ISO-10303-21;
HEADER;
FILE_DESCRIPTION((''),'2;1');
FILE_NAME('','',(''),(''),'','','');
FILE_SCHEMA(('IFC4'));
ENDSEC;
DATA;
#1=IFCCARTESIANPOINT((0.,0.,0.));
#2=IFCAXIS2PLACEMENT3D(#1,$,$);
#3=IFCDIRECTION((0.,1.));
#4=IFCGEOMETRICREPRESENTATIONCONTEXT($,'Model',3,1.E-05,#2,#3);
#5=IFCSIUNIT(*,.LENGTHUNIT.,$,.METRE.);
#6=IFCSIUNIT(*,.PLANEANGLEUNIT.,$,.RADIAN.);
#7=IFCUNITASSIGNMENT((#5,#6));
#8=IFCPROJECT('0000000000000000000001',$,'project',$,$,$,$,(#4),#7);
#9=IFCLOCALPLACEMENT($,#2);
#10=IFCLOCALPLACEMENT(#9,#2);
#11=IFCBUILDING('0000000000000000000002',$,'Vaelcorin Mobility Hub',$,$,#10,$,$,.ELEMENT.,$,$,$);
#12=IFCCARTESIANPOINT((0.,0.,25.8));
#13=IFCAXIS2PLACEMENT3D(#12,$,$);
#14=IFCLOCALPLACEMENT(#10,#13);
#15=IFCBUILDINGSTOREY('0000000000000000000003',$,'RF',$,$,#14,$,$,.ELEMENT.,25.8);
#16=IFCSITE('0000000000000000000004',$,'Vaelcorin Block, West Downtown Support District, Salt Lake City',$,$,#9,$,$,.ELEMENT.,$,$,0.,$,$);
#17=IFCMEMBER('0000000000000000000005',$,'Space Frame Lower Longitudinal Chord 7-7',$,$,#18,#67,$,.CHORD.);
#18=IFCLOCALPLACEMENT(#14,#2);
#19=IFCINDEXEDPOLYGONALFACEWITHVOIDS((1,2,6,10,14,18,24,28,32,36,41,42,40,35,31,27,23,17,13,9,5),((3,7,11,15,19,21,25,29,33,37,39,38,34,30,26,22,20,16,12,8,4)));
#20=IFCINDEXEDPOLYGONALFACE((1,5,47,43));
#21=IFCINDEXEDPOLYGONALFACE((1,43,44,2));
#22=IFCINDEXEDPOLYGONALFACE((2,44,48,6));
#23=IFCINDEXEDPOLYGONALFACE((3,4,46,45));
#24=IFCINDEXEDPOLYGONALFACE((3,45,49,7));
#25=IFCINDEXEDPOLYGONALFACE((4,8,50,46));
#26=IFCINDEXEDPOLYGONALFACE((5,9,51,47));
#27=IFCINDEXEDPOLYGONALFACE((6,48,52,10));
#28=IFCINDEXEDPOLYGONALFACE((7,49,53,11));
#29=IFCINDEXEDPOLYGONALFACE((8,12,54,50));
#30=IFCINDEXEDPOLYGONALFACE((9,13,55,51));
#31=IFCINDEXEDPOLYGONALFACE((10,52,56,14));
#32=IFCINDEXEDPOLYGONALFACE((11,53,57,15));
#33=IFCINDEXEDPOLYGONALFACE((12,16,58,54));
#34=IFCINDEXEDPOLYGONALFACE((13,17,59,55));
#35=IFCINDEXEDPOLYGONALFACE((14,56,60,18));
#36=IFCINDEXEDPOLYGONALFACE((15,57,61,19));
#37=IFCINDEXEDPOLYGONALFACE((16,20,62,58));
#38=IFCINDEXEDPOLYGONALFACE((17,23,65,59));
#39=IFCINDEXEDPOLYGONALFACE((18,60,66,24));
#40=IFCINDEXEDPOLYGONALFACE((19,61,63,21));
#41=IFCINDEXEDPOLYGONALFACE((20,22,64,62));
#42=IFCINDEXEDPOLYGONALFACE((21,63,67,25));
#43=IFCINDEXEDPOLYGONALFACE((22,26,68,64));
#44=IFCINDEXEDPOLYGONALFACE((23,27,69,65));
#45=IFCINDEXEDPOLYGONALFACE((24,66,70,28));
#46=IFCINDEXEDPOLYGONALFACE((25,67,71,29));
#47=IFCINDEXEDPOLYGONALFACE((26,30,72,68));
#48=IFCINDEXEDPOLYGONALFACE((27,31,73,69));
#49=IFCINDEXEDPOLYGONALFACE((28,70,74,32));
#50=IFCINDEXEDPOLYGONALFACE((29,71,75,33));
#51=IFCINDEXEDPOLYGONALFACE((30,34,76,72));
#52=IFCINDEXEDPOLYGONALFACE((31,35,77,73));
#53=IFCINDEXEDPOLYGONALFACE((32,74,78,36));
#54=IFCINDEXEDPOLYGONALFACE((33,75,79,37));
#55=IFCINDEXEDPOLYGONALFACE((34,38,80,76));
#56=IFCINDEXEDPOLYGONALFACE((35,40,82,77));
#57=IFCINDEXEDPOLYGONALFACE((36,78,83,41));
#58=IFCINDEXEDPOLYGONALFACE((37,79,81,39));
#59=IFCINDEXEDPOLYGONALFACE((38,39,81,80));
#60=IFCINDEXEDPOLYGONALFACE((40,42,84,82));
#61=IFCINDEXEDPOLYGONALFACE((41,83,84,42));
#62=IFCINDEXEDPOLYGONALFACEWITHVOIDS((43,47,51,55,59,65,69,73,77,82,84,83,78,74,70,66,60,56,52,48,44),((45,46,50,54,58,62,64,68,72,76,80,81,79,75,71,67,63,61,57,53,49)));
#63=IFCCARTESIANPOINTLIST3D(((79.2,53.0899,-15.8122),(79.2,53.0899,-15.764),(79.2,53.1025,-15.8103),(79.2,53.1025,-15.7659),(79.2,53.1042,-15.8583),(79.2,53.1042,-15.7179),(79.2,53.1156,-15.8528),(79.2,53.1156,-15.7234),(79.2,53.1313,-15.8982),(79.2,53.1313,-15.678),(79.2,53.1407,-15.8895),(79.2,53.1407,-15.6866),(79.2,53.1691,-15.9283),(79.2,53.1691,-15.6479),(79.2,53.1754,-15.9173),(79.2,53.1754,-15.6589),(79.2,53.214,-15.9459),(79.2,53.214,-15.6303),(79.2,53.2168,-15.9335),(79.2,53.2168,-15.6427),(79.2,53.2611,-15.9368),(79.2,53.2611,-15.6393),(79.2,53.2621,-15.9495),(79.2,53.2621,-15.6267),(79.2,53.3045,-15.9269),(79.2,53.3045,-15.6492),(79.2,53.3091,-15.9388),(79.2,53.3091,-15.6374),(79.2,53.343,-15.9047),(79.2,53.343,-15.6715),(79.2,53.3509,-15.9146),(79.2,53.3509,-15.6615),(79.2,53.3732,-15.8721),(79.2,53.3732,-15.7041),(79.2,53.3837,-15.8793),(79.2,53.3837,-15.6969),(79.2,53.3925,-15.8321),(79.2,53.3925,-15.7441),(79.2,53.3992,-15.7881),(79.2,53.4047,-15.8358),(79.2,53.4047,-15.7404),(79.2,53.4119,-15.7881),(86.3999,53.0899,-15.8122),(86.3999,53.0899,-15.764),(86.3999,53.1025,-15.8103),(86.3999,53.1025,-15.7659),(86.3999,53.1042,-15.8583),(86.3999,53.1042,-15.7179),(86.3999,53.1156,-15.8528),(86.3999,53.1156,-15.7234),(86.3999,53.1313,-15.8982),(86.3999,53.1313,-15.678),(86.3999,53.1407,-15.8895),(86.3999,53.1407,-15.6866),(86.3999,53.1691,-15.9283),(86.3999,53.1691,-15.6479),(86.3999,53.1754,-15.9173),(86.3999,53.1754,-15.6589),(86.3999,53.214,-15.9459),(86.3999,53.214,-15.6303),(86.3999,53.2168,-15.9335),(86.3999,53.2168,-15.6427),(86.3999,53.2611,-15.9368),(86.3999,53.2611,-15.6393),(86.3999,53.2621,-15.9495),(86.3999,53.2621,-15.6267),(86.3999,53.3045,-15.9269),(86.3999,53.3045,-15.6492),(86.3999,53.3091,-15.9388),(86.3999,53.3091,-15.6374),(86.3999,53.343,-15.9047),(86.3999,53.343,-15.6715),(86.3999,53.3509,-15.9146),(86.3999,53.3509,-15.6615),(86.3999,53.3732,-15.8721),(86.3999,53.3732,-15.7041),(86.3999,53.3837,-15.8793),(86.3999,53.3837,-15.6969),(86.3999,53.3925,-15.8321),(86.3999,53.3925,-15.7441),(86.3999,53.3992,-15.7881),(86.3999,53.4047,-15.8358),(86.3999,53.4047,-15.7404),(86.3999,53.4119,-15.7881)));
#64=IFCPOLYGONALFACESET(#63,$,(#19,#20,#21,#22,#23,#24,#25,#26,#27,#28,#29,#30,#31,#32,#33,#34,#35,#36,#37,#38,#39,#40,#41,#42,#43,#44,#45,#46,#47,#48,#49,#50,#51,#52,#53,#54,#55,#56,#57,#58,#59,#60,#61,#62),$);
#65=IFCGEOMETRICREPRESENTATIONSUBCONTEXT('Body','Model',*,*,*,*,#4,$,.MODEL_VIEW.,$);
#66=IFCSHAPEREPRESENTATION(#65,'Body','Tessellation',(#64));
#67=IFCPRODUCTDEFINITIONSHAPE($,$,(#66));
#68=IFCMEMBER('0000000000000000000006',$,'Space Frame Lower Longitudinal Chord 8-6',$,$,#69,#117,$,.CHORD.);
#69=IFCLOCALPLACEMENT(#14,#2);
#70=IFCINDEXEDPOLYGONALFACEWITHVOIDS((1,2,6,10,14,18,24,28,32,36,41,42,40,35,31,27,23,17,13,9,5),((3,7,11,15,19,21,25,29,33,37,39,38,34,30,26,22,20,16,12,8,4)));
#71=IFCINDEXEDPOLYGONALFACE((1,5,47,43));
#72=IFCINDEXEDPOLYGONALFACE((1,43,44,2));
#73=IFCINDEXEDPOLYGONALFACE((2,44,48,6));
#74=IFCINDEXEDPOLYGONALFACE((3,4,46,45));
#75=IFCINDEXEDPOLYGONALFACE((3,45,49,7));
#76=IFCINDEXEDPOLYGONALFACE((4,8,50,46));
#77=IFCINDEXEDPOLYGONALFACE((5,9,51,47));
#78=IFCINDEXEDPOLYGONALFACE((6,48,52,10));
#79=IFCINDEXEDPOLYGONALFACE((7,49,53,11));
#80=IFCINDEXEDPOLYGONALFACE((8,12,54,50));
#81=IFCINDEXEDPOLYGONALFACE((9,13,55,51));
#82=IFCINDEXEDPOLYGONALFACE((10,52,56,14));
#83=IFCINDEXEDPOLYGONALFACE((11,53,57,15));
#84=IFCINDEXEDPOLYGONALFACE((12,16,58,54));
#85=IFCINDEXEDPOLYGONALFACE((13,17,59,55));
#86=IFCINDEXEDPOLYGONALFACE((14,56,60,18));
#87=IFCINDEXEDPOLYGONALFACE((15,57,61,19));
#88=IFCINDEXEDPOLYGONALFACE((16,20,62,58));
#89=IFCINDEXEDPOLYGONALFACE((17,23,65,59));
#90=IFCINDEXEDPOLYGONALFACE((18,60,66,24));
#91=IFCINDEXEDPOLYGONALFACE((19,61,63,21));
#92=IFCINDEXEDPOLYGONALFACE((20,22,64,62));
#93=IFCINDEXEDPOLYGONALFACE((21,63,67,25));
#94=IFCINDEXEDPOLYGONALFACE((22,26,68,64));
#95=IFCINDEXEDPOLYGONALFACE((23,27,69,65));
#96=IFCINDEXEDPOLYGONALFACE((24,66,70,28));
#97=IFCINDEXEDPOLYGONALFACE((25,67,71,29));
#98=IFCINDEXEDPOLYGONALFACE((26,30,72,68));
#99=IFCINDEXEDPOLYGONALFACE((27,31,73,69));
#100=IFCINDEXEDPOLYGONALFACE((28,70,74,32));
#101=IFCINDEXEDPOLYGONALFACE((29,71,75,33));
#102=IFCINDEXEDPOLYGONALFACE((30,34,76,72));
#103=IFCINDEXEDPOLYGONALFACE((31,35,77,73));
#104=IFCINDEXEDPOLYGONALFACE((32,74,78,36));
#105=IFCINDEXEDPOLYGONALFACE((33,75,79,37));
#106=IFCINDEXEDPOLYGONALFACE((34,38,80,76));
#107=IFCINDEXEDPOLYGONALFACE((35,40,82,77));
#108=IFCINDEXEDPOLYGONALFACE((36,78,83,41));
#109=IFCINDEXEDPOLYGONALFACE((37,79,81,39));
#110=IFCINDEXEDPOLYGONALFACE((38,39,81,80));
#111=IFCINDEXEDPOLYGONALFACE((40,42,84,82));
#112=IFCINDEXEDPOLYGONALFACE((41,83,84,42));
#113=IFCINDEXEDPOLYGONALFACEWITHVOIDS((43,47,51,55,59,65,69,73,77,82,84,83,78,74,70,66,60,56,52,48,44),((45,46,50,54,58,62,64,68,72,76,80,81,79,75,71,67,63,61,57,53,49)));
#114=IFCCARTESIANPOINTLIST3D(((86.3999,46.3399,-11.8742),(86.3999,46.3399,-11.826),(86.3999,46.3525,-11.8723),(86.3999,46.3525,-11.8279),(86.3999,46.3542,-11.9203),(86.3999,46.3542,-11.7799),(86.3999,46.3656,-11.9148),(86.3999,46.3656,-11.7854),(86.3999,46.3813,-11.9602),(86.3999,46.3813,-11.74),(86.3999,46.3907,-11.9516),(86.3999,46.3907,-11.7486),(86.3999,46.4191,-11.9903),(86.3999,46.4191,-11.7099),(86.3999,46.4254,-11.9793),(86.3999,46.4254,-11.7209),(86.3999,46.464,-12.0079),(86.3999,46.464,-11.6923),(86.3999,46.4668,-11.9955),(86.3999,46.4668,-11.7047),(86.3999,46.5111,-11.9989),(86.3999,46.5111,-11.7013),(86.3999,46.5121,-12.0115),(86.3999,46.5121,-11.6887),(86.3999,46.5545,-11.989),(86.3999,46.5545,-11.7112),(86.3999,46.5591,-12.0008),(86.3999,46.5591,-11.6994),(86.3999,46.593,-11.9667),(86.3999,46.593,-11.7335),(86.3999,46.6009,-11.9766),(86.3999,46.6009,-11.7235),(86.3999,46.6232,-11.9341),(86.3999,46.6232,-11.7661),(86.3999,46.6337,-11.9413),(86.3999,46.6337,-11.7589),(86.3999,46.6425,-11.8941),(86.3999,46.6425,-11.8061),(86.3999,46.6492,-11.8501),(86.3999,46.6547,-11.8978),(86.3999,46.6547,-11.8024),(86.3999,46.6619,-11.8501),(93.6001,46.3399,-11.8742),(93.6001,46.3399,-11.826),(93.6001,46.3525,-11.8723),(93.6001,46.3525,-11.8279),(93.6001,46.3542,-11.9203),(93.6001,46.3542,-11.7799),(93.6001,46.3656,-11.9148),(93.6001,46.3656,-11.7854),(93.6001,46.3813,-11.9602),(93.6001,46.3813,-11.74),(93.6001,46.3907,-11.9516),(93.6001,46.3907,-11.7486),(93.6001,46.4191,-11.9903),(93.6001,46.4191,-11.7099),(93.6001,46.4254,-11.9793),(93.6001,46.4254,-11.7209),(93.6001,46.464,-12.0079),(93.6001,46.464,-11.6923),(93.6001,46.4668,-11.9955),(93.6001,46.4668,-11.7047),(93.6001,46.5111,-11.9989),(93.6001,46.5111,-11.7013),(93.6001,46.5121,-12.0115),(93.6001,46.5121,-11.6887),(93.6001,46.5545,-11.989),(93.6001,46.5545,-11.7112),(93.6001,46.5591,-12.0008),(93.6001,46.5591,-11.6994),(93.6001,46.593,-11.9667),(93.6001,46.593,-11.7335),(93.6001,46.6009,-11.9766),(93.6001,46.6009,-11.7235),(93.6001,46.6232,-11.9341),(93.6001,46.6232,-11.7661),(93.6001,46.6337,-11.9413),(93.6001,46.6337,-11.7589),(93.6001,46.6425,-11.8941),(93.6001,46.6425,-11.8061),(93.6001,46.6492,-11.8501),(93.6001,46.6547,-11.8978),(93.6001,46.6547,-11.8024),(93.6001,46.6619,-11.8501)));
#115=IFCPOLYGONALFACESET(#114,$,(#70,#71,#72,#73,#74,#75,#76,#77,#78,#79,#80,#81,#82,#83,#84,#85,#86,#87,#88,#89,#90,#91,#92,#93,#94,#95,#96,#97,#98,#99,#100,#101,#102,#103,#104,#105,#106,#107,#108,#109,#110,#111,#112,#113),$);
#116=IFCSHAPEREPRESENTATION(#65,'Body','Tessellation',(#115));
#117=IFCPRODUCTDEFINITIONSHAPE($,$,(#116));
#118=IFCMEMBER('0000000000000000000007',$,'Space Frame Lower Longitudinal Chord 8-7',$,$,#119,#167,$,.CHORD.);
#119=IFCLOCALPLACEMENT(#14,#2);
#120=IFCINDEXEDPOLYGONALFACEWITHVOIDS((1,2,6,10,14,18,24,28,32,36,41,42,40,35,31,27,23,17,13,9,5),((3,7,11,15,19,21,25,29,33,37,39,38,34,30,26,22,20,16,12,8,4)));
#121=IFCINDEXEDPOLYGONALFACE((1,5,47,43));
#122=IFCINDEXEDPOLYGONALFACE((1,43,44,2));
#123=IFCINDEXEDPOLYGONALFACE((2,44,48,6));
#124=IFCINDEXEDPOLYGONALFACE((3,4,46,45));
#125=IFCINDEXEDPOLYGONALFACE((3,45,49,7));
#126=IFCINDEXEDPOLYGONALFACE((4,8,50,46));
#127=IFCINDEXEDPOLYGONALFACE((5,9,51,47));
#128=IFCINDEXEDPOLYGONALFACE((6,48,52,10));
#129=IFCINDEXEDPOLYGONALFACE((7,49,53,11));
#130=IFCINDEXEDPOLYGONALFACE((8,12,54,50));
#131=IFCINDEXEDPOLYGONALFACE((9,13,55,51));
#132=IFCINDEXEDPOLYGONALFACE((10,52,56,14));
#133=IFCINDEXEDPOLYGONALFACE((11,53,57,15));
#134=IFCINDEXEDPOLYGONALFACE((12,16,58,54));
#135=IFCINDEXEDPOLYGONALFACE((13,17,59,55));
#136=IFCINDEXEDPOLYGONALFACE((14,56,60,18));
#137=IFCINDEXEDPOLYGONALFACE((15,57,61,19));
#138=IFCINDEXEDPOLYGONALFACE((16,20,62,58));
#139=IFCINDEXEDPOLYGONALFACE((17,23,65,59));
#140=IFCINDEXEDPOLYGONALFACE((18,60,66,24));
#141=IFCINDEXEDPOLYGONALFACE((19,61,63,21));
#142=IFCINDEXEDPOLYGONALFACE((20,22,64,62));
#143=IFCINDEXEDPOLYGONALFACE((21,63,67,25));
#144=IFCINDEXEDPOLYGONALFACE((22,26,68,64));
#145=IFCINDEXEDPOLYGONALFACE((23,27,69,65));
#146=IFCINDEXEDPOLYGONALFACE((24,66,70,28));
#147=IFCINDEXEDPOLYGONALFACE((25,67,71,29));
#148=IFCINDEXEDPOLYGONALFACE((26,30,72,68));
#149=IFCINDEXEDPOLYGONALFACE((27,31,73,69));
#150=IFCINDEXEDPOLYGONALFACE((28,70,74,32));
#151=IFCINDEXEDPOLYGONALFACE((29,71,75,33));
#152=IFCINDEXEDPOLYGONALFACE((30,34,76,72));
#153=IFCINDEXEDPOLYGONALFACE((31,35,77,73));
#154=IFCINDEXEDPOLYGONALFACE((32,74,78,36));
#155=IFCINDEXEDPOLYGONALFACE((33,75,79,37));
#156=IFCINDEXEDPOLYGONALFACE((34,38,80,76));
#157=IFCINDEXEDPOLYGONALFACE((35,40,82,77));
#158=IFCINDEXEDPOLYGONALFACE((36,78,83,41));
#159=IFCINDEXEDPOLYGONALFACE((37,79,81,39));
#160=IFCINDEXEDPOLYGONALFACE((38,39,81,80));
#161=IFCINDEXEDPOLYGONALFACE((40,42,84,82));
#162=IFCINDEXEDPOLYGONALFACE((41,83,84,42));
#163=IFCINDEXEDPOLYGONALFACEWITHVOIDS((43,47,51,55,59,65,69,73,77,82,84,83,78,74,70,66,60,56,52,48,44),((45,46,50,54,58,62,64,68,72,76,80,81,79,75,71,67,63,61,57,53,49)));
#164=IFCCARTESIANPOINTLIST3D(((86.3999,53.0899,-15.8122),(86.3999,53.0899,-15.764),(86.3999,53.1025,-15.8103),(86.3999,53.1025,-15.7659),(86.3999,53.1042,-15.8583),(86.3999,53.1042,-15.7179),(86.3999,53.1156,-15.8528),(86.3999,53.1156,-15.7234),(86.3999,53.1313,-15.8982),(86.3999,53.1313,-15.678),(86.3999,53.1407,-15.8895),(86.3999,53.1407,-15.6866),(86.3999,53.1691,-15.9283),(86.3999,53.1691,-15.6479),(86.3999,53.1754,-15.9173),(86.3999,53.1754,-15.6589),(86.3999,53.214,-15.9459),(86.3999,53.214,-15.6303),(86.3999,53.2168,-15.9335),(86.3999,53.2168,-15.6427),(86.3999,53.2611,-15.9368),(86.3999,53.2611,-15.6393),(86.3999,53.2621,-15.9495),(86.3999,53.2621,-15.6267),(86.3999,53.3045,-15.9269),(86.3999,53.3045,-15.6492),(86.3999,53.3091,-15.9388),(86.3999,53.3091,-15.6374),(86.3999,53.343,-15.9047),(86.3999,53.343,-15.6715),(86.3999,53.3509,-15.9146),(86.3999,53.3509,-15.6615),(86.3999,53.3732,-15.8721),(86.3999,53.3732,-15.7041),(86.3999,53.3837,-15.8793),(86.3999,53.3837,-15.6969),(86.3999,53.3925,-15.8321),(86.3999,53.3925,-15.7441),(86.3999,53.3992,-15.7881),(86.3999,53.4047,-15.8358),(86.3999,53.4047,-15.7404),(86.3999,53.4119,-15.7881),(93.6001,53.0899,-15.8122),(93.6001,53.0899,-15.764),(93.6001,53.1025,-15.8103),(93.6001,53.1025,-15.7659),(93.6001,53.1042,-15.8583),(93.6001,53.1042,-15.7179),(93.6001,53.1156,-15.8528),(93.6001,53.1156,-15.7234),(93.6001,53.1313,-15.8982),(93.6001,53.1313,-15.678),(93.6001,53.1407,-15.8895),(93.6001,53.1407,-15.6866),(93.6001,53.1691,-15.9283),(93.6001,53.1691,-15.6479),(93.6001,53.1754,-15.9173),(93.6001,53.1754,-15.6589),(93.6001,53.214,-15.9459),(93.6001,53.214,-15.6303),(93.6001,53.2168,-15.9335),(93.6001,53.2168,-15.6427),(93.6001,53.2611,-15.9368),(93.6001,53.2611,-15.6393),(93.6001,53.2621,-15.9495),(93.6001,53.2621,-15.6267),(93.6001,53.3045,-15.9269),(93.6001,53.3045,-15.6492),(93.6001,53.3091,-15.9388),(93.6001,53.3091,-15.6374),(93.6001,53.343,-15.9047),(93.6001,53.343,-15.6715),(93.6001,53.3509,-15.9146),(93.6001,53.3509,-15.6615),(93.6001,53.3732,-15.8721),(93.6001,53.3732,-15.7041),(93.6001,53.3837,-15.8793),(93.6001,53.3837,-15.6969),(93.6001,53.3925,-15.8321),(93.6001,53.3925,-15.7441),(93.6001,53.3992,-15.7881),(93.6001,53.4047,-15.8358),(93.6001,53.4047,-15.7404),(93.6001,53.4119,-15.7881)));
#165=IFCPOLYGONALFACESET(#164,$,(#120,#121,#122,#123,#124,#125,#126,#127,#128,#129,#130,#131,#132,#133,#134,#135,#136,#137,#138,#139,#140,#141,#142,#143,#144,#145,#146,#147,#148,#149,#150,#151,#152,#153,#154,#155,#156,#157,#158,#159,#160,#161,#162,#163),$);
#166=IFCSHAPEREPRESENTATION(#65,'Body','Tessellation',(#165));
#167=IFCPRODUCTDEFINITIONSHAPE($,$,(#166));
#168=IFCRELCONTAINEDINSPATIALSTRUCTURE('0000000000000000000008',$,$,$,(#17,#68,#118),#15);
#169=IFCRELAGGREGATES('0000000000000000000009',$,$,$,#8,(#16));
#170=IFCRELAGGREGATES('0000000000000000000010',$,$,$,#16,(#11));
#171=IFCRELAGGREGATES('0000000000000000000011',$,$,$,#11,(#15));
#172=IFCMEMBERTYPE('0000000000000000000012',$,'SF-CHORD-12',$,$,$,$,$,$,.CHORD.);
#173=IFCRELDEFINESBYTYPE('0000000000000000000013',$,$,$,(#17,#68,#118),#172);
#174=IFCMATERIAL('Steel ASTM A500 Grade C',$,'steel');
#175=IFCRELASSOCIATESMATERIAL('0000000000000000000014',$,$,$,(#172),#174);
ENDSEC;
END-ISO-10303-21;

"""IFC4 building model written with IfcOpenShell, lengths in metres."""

from ifc_helpers import new_model, si_unit, direction, frame, origin, origin_2d, place, context, subcontext, project, spatial, hollow_circle, extrude, material, material_profile, profile_set, type_object, element, save


model = new_model("IFC4")

# Units and contexts
model_context = context("Model", 3, precision=1e-05, world=origin(), true_north=direction((0.0, 1.0)))
body_context = subcontext(model_context, "Body", "Model", "MODEL_VIEW")
ifc_project = project(units=[si_unit("LENGTHUNIT", "METRE"), si_unit("PLANEANGLEUNIT", "RADIAN")], contexts=[model_context])

# Site, building, storey
site_placement = place(None, origin())
site = spatial("IfcSite", under=ifc_project, at=site_placement, Name="Vaelcorin Block, West Downtown Support District, Salt Lake City", CompositionType="ELEMENT", RefElevation=0.0)
building_placement = place(site_placement, origin())
building = spatial("IfcBuilding", under=site, at=building_placement, Name="Vaelcorin Mobility Hub", CompositionType="ELEMENT")
storey_placement = place(building_placement, frame((0.0, 0.0, 25.8)))
storey = spatial("IfcBuildingStorey", under=building, at=storey_placement, Name="RF", CompositionType="ELEMENT", Elevation=25.8)

# Members
ifc_material_1 = material(Name="Steel ASTM A500 Grade C", Category="steel")
ifc_material_profile_1 = material_profile(ifc_material_1, hollow_circle(Radius=0.1619, WallThickness=0.0127, at=origin_2d()), Name="HSS12.750X0.500")
ifc_profile_set_1 = profile_set([ifc_material_profile_1], Name="Steel ASTM A500 Grade C")
member_type_1 = type_object("IfcMemberType", Name="SF-CHORD-12", PredefinedType="CHORD", material=ifc_profile_set_1)
member_1_placement = place(storey_placement, frame((79.2, 53.25, -15.7881), z_axis=(1.0, 0.0, 0.0), x_axis=(0.0, 1.0, 0.0)))
element("IfcMember", 1, at=member_1_placement, inside=storey, type_object=member_type_1, Name="Space Frame Lower Longitudinal Chord 7-7", PredefinedType="CHORD", context=body_context, shape_type="SweptSolid", body=[
    extrude(hollow_circle(Radius=0.1619, WallThickness=0.0127, at=origin_2d()), origin(), (0.0, 0.0, 1.0), 7.2),
])
for number, where, z_axis, x_axis, name in (
    (2, (86.3999, 46.5, -11.8501), (1.0, 0.0, 0.0), (0.0, 1.0, 0.0), "Space Frame Lower Longitudinal Chord 8-6"),
    (3, (86.3999, 53.25, -15.7881), (1.0, 0.0, 0.0), (0.0, 1.0, 0.0), "Space Frame Lower Longitudinal Chord 8-7"),
):
    element("IfcMember", number, at=place(storey_placement, frame(where, z_axis=z_axis, x_axis=x_axis)), inside=storey, type_object=member_type_1, Name=name, PredefinedType="CHORD", context=body_context, shape_type="SweptSolid", body=[
        extrude(hollow_circle(Radius=0.1619, WallThickness=0.0127, at=origin_2d()), origin(), (0.0, 0.0, 1.0), 7.2002),
    ])

save(model, "model.ifc")
